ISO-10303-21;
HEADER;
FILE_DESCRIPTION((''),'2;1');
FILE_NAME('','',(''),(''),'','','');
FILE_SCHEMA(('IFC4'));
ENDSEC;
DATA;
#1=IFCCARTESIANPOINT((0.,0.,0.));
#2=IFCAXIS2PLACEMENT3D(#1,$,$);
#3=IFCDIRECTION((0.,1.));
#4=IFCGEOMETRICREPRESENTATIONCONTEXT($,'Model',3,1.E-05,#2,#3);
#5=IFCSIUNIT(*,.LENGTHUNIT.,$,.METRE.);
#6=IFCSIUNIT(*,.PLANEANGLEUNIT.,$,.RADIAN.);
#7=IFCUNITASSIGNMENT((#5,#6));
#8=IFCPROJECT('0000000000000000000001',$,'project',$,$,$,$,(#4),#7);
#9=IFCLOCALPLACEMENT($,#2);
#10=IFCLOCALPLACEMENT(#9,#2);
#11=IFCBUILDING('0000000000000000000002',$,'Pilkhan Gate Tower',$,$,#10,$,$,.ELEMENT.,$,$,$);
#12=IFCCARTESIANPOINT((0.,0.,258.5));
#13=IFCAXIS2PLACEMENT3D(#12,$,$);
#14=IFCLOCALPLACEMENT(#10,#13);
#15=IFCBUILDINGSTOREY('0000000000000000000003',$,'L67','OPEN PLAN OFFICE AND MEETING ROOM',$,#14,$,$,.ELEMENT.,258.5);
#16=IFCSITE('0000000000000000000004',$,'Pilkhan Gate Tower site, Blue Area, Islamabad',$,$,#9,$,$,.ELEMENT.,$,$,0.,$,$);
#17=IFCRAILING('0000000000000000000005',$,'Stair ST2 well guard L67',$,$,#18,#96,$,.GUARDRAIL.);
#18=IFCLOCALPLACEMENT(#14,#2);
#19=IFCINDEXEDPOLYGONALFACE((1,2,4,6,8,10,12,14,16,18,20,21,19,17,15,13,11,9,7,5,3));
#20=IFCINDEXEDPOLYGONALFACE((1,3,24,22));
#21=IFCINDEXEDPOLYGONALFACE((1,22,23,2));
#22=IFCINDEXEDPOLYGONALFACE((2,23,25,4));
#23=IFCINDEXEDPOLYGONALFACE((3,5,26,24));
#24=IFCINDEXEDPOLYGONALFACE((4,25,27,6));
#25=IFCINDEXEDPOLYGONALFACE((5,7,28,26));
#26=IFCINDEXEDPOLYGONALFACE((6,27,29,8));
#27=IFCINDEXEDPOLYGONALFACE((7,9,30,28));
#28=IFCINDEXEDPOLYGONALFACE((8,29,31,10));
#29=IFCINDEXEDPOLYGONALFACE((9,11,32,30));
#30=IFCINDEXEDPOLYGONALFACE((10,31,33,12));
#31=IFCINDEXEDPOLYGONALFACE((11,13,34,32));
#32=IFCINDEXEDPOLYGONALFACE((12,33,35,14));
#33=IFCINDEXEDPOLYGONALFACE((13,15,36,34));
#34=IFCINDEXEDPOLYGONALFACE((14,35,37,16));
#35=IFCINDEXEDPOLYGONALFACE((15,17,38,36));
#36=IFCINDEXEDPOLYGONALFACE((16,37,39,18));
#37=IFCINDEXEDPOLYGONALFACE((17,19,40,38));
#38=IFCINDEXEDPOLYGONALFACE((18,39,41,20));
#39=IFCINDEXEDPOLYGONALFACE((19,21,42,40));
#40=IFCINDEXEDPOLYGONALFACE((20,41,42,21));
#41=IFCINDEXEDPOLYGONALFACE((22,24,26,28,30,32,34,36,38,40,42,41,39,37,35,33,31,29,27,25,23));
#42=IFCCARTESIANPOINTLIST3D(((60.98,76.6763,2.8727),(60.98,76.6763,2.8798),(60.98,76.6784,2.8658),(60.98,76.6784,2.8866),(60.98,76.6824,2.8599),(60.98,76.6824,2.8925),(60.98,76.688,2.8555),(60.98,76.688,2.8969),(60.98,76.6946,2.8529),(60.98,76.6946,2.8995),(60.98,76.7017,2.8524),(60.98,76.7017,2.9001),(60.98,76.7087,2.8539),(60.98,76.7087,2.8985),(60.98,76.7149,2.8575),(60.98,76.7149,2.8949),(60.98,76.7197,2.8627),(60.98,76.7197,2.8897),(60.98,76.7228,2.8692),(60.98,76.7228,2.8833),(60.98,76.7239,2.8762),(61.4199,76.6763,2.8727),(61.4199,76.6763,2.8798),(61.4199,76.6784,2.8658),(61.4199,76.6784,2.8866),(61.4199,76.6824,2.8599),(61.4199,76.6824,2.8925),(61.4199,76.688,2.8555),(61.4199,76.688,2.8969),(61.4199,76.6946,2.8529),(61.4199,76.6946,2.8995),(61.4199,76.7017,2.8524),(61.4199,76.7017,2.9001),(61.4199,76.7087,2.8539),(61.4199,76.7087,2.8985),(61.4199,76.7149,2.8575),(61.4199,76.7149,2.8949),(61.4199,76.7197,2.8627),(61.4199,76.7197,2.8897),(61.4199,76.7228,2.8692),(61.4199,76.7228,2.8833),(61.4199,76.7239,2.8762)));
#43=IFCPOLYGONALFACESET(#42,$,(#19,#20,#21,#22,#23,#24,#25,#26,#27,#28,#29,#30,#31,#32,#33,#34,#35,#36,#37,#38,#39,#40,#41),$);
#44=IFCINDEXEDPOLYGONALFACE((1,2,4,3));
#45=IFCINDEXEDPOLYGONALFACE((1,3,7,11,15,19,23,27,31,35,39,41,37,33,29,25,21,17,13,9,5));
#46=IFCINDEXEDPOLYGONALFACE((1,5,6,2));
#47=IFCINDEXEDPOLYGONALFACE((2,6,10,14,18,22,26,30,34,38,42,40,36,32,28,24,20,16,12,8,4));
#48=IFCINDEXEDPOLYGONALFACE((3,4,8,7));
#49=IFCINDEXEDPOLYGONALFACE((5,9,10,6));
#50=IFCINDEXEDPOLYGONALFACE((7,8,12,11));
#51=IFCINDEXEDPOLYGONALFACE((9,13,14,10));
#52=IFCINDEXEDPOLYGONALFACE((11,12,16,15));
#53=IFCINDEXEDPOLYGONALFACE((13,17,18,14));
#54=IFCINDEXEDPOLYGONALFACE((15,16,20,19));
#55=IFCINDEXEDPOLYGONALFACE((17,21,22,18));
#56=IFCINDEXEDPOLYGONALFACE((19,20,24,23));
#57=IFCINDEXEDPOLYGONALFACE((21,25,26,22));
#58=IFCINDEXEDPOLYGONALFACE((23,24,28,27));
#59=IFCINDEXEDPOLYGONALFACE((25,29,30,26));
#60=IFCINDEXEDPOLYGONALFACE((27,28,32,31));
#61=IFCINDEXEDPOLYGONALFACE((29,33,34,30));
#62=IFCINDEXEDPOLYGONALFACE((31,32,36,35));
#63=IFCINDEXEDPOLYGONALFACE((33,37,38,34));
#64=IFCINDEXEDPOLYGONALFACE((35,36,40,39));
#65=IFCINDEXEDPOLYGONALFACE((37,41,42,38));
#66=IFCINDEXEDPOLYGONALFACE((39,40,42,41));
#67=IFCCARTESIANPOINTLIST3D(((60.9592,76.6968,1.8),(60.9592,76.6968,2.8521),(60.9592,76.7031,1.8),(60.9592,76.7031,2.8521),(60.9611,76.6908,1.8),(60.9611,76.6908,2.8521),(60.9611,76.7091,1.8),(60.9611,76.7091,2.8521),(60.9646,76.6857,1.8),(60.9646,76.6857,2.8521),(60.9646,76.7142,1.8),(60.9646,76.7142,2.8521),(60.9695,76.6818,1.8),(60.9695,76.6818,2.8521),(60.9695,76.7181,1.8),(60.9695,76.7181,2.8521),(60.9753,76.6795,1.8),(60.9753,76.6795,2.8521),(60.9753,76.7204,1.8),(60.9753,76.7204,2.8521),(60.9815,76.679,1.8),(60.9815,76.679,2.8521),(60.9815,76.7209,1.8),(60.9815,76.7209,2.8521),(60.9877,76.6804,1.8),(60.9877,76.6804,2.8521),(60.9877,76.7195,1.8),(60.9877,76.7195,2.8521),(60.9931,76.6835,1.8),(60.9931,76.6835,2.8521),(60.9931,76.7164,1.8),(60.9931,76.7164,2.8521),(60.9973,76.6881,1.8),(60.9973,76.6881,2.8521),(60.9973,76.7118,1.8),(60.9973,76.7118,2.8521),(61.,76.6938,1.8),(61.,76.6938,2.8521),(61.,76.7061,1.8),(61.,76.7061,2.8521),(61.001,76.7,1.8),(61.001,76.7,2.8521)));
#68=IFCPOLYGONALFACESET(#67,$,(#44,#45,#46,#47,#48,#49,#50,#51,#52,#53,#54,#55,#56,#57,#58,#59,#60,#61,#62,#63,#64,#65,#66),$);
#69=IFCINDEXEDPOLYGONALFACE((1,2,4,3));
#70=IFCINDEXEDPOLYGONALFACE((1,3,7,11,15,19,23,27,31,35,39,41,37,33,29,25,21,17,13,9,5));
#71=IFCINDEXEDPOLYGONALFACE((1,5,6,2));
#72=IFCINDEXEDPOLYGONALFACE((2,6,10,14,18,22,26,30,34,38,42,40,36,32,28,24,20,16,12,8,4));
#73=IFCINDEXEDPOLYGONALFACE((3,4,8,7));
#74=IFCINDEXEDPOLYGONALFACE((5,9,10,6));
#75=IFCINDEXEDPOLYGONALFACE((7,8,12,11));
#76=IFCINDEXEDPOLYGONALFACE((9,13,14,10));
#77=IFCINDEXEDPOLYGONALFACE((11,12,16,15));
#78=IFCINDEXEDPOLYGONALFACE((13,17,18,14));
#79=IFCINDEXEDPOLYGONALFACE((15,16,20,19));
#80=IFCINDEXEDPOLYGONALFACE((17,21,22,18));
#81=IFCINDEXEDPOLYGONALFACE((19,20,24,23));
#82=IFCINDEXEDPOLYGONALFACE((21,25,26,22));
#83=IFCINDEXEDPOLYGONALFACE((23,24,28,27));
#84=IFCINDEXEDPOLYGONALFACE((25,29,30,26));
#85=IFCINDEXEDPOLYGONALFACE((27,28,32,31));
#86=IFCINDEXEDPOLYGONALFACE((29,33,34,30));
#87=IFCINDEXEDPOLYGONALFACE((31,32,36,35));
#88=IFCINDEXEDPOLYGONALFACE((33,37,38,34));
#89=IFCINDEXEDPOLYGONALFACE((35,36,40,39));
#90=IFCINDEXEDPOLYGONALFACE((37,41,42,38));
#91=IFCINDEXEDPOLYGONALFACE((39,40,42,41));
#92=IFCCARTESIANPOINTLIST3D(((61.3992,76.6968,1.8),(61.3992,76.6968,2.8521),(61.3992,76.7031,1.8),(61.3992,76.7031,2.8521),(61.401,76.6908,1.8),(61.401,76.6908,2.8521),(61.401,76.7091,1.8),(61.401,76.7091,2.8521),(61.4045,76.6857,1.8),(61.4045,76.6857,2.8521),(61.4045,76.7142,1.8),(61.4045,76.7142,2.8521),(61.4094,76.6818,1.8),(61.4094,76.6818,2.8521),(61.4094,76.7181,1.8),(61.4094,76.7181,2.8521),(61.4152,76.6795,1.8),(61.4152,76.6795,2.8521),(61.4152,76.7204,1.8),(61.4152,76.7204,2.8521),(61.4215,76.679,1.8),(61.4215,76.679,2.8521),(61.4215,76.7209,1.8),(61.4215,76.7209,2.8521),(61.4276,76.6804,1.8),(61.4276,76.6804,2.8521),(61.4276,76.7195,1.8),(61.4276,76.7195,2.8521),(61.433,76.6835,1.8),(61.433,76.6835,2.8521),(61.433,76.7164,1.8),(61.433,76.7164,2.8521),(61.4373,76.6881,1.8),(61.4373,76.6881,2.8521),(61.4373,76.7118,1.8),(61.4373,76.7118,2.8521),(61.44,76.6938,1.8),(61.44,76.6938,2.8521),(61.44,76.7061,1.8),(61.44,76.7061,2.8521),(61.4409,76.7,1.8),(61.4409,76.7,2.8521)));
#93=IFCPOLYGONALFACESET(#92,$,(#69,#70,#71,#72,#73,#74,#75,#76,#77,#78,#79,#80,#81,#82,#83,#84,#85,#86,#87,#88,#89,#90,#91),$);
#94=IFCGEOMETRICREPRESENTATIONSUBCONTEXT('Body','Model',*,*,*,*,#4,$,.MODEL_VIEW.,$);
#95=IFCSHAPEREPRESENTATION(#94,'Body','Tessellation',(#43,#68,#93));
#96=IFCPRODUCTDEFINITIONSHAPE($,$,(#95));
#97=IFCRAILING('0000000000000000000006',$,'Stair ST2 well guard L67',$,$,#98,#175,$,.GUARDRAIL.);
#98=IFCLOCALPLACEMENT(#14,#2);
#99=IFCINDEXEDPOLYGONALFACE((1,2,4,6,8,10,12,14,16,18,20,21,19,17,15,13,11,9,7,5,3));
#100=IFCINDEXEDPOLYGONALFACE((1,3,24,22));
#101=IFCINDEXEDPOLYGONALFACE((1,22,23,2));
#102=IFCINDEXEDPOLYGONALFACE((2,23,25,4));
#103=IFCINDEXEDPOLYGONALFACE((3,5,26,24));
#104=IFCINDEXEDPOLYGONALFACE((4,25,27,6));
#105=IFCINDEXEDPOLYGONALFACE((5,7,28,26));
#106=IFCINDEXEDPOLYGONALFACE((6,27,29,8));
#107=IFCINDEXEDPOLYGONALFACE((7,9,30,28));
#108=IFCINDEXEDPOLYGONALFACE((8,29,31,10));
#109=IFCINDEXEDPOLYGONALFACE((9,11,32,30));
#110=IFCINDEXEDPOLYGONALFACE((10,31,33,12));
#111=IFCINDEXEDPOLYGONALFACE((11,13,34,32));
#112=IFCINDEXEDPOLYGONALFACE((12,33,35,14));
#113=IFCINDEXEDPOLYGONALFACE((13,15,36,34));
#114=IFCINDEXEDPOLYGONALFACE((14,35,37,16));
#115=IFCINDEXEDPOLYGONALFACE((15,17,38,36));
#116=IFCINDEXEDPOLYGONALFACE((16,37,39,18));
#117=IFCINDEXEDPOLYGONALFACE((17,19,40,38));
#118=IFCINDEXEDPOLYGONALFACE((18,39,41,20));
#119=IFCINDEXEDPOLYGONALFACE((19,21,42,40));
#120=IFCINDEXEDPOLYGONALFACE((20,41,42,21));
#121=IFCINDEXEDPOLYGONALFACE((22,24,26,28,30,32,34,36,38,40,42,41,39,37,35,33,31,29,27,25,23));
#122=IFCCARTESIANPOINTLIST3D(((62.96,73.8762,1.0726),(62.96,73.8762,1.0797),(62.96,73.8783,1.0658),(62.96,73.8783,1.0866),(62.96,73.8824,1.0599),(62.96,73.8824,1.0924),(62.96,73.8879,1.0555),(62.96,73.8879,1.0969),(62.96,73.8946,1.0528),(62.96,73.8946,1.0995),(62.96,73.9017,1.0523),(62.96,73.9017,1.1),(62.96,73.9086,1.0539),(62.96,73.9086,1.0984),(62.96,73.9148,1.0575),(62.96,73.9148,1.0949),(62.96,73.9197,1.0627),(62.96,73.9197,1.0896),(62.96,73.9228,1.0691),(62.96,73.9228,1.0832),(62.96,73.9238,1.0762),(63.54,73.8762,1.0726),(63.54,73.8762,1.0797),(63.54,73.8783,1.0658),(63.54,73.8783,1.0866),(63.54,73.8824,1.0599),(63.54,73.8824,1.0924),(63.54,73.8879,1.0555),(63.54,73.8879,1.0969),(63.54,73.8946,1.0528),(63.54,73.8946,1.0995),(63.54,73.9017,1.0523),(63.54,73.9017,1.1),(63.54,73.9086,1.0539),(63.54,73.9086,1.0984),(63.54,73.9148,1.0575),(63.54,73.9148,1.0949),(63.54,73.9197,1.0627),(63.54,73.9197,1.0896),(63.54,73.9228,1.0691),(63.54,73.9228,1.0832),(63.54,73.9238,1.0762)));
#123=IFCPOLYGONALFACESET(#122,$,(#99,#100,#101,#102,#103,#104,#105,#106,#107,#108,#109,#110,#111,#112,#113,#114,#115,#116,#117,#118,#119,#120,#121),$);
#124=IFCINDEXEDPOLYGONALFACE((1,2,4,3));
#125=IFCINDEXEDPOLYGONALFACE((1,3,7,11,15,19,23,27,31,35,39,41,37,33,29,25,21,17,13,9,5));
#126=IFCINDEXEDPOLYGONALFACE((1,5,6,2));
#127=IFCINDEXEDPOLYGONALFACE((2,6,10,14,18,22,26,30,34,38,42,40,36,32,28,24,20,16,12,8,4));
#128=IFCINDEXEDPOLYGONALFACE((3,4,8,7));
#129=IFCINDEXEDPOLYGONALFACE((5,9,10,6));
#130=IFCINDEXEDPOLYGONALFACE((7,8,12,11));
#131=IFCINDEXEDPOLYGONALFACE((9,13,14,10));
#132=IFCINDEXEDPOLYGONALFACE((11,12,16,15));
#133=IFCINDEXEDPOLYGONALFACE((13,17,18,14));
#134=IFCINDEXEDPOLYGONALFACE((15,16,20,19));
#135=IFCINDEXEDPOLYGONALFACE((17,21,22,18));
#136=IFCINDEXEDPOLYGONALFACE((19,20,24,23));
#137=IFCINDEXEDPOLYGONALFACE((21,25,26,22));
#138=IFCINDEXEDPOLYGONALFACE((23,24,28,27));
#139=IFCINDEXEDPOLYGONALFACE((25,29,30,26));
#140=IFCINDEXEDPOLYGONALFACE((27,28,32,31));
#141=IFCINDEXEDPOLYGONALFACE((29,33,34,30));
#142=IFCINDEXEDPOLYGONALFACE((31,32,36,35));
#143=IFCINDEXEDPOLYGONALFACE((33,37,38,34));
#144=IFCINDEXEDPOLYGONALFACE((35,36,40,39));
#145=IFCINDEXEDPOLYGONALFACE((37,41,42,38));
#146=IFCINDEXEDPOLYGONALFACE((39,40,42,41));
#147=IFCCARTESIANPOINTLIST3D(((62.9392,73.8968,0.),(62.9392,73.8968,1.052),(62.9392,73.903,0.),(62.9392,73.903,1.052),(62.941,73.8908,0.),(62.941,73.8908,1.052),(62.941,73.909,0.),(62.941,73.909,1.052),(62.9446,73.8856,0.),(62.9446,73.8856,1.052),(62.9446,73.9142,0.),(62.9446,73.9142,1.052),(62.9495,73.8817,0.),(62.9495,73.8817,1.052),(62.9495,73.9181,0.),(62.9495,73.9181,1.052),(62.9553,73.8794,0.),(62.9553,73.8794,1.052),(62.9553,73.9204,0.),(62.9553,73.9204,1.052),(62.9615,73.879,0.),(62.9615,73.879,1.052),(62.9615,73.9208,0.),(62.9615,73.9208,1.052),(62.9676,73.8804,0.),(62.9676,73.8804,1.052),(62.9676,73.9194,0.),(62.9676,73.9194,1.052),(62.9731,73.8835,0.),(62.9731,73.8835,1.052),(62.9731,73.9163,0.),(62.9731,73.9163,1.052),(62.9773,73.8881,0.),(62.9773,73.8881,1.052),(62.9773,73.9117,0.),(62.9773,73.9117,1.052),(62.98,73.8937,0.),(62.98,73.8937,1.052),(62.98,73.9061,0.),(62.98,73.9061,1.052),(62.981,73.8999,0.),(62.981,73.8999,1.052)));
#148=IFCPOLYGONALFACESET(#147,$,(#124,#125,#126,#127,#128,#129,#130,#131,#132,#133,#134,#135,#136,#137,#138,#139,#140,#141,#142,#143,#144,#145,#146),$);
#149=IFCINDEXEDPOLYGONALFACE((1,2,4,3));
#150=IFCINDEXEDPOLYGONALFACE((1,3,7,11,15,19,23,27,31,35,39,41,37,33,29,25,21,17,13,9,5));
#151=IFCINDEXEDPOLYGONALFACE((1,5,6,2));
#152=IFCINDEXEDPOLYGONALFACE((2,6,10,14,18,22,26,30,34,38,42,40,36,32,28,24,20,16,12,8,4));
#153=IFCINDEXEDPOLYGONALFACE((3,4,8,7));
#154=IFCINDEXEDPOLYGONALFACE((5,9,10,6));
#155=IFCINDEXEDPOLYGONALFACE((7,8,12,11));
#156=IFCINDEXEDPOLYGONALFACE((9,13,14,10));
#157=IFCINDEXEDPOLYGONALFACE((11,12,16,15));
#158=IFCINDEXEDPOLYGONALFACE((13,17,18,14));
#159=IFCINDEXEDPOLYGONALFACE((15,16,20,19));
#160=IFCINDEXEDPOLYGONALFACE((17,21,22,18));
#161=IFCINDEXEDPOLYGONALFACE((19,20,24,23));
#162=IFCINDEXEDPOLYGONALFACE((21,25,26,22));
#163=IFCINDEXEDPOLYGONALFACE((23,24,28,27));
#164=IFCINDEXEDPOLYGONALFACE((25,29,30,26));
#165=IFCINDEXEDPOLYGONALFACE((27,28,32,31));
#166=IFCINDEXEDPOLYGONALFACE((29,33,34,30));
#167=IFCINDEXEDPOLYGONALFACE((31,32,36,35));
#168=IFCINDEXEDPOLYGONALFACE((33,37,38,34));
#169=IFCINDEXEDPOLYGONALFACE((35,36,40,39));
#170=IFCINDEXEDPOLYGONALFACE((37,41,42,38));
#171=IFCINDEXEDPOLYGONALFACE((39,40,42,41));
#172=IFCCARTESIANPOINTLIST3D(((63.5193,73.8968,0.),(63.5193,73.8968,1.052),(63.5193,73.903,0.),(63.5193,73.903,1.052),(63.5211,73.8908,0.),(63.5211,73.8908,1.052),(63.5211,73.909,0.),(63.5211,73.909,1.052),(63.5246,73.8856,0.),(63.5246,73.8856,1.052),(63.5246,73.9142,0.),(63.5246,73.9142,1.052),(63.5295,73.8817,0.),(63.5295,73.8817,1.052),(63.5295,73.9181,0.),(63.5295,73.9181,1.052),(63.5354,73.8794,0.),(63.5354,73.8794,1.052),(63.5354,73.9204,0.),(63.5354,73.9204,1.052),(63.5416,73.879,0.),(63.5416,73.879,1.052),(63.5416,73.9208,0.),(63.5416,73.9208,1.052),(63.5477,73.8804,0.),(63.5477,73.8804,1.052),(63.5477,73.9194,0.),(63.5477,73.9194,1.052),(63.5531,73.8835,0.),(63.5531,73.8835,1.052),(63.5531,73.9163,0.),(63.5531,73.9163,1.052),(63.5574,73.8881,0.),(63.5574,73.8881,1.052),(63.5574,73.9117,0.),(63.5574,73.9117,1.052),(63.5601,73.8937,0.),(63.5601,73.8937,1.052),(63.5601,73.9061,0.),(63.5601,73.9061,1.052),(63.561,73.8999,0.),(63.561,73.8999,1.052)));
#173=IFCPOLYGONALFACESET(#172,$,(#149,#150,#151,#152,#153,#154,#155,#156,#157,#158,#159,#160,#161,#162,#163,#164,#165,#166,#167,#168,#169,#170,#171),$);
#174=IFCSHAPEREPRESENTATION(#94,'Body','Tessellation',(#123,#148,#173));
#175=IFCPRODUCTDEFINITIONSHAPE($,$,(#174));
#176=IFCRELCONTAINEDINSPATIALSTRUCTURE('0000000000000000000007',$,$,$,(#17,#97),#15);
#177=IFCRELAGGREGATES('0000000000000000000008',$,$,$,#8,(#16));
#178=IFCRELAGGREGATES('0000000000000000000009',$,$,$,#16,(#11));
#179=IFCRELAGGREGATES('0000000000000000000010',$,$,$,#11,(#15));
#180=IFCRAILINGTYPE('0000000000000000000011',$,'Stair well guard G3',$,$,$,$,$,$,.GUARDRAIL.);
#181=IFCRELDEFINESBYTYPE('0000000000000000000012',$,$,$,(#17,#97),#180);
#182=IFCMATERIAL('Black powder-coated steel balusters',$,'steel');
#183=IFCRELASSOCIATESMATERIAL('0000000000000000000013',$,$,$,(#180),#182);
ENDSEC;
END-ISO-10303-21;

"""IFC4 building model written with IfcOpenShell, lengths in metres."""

from ifc_helpers import new_model, si_unit, direction, frame, origin, origin_2d, place, context, subcontext, project, spatial, circle, extrude, material, type_object, element, save


model = new_model("IFC4")

# Units and contexts
model_context = context("Model", 3, precision=1e-05, world=origin(), true_north=direction((0.0, 1.0)))
body_context = subcontext(model_context, "Body", "Model", "MODEL_VIEW")
ifc_project = project(units=[si_unit("LENGTHUNIT", "METRE"), si_unit("PLANEANGLEUNIT", "RADIAN")], contexts=[model_context])

# Site, building, storey
site_placement = place(None, origin())
site = spatial("IfcSite", under=ifc_project, at=site_placement, Name="Pilkhan Gate Tower site, Blue Area, Islamabad", CompositionType="ELEMENT", RefElevation=0.0)
building_placement = place(site_placement, origin())
building = spatial("IfcBuilding", under=site, at=building_placement, Name="Pilkhan Gate Tower", CompositionType="ELEMENT")
storey_placement = place(building_placement, frame((0.0, 0.0, 258.5)))
storey = spatial("IfcBuildingStorey", under=building, at=storey_placement, Name="L67", Description="OPEN PLAN OFFICE AND MEETING ROOM", CompositionType="ELEMENT", Elevation=258.5)

# Railings
ifc_material_1 = material(Name="Black powder-coated steel balusters", Category="steel")
railing_type_1 = type_object("IfcRailingType", Name="Stair well guard G3", PredefinedType="GUARDRAIL", material=ifc_material_1)
railing_1_placement = place(storey_placement, frame((60.98, 76.7, 1.8)))
element("IfcRailing", 1, at=railing_1_placement, inside=storey, type_object=railing_type_1, Name="Stair ST2 well guard L67", PredefinedType="GUARDRAIL", context=body_context, shape_type="SweptSolid", body=[
    extrude(circle(Radius=0.0239, at=origin_2d()), frame((0.0, 0.0, 1.0762), z_axis=(1.0, 0.0, 0.0), x_axis=(0.0, 1.0, 0.0)), (0.0, 0.0, 1.0), 0.4399),
    extrude(circle(Radius=0.021, at=origin_2d()), origin(), (0.0, 0.0, 1.0), 1.052),
    extrude(circle(Radius=0.021, at=origin_2d()), frame((0.4399, 0.0, 0.0)), (0.0, 0.0, 1.0), 1.052),
])
for number, where, name in (
    (2, (62.96, 73.8999, 0.0), "Stair ST2 well guard L67"),
):
    element("IfcRailing", number, at=place(storey_placement, frame(where)), inside=storey, type_object=railing_type_1, Name=name, PredefinedType="GUARDRAIL", context=body_context, shape_type="SweptSolid", body=[
        extrude(circle(Radius=0.0239, at=origin_2d()), frame((0.0, 0.0, 1.0762), z_axis=(1.0, 0.0, 0.0), x_axis=(0.0, 1.0, 0.0)), (0.0, 0.0, 1.0), 0.5801),
        extrude(circle(Radius=0.021, at=origin_2d()), origin(), (0.0, 0.0, 1.0), 1.052),
        extrude(circle(Radius=0.021, at=origin_2d()), frame((0.5801, 0.0, 0.0)), (0.0, 0.0, 1.0), 1.052),
    ])

save(model, "model.ifc")
